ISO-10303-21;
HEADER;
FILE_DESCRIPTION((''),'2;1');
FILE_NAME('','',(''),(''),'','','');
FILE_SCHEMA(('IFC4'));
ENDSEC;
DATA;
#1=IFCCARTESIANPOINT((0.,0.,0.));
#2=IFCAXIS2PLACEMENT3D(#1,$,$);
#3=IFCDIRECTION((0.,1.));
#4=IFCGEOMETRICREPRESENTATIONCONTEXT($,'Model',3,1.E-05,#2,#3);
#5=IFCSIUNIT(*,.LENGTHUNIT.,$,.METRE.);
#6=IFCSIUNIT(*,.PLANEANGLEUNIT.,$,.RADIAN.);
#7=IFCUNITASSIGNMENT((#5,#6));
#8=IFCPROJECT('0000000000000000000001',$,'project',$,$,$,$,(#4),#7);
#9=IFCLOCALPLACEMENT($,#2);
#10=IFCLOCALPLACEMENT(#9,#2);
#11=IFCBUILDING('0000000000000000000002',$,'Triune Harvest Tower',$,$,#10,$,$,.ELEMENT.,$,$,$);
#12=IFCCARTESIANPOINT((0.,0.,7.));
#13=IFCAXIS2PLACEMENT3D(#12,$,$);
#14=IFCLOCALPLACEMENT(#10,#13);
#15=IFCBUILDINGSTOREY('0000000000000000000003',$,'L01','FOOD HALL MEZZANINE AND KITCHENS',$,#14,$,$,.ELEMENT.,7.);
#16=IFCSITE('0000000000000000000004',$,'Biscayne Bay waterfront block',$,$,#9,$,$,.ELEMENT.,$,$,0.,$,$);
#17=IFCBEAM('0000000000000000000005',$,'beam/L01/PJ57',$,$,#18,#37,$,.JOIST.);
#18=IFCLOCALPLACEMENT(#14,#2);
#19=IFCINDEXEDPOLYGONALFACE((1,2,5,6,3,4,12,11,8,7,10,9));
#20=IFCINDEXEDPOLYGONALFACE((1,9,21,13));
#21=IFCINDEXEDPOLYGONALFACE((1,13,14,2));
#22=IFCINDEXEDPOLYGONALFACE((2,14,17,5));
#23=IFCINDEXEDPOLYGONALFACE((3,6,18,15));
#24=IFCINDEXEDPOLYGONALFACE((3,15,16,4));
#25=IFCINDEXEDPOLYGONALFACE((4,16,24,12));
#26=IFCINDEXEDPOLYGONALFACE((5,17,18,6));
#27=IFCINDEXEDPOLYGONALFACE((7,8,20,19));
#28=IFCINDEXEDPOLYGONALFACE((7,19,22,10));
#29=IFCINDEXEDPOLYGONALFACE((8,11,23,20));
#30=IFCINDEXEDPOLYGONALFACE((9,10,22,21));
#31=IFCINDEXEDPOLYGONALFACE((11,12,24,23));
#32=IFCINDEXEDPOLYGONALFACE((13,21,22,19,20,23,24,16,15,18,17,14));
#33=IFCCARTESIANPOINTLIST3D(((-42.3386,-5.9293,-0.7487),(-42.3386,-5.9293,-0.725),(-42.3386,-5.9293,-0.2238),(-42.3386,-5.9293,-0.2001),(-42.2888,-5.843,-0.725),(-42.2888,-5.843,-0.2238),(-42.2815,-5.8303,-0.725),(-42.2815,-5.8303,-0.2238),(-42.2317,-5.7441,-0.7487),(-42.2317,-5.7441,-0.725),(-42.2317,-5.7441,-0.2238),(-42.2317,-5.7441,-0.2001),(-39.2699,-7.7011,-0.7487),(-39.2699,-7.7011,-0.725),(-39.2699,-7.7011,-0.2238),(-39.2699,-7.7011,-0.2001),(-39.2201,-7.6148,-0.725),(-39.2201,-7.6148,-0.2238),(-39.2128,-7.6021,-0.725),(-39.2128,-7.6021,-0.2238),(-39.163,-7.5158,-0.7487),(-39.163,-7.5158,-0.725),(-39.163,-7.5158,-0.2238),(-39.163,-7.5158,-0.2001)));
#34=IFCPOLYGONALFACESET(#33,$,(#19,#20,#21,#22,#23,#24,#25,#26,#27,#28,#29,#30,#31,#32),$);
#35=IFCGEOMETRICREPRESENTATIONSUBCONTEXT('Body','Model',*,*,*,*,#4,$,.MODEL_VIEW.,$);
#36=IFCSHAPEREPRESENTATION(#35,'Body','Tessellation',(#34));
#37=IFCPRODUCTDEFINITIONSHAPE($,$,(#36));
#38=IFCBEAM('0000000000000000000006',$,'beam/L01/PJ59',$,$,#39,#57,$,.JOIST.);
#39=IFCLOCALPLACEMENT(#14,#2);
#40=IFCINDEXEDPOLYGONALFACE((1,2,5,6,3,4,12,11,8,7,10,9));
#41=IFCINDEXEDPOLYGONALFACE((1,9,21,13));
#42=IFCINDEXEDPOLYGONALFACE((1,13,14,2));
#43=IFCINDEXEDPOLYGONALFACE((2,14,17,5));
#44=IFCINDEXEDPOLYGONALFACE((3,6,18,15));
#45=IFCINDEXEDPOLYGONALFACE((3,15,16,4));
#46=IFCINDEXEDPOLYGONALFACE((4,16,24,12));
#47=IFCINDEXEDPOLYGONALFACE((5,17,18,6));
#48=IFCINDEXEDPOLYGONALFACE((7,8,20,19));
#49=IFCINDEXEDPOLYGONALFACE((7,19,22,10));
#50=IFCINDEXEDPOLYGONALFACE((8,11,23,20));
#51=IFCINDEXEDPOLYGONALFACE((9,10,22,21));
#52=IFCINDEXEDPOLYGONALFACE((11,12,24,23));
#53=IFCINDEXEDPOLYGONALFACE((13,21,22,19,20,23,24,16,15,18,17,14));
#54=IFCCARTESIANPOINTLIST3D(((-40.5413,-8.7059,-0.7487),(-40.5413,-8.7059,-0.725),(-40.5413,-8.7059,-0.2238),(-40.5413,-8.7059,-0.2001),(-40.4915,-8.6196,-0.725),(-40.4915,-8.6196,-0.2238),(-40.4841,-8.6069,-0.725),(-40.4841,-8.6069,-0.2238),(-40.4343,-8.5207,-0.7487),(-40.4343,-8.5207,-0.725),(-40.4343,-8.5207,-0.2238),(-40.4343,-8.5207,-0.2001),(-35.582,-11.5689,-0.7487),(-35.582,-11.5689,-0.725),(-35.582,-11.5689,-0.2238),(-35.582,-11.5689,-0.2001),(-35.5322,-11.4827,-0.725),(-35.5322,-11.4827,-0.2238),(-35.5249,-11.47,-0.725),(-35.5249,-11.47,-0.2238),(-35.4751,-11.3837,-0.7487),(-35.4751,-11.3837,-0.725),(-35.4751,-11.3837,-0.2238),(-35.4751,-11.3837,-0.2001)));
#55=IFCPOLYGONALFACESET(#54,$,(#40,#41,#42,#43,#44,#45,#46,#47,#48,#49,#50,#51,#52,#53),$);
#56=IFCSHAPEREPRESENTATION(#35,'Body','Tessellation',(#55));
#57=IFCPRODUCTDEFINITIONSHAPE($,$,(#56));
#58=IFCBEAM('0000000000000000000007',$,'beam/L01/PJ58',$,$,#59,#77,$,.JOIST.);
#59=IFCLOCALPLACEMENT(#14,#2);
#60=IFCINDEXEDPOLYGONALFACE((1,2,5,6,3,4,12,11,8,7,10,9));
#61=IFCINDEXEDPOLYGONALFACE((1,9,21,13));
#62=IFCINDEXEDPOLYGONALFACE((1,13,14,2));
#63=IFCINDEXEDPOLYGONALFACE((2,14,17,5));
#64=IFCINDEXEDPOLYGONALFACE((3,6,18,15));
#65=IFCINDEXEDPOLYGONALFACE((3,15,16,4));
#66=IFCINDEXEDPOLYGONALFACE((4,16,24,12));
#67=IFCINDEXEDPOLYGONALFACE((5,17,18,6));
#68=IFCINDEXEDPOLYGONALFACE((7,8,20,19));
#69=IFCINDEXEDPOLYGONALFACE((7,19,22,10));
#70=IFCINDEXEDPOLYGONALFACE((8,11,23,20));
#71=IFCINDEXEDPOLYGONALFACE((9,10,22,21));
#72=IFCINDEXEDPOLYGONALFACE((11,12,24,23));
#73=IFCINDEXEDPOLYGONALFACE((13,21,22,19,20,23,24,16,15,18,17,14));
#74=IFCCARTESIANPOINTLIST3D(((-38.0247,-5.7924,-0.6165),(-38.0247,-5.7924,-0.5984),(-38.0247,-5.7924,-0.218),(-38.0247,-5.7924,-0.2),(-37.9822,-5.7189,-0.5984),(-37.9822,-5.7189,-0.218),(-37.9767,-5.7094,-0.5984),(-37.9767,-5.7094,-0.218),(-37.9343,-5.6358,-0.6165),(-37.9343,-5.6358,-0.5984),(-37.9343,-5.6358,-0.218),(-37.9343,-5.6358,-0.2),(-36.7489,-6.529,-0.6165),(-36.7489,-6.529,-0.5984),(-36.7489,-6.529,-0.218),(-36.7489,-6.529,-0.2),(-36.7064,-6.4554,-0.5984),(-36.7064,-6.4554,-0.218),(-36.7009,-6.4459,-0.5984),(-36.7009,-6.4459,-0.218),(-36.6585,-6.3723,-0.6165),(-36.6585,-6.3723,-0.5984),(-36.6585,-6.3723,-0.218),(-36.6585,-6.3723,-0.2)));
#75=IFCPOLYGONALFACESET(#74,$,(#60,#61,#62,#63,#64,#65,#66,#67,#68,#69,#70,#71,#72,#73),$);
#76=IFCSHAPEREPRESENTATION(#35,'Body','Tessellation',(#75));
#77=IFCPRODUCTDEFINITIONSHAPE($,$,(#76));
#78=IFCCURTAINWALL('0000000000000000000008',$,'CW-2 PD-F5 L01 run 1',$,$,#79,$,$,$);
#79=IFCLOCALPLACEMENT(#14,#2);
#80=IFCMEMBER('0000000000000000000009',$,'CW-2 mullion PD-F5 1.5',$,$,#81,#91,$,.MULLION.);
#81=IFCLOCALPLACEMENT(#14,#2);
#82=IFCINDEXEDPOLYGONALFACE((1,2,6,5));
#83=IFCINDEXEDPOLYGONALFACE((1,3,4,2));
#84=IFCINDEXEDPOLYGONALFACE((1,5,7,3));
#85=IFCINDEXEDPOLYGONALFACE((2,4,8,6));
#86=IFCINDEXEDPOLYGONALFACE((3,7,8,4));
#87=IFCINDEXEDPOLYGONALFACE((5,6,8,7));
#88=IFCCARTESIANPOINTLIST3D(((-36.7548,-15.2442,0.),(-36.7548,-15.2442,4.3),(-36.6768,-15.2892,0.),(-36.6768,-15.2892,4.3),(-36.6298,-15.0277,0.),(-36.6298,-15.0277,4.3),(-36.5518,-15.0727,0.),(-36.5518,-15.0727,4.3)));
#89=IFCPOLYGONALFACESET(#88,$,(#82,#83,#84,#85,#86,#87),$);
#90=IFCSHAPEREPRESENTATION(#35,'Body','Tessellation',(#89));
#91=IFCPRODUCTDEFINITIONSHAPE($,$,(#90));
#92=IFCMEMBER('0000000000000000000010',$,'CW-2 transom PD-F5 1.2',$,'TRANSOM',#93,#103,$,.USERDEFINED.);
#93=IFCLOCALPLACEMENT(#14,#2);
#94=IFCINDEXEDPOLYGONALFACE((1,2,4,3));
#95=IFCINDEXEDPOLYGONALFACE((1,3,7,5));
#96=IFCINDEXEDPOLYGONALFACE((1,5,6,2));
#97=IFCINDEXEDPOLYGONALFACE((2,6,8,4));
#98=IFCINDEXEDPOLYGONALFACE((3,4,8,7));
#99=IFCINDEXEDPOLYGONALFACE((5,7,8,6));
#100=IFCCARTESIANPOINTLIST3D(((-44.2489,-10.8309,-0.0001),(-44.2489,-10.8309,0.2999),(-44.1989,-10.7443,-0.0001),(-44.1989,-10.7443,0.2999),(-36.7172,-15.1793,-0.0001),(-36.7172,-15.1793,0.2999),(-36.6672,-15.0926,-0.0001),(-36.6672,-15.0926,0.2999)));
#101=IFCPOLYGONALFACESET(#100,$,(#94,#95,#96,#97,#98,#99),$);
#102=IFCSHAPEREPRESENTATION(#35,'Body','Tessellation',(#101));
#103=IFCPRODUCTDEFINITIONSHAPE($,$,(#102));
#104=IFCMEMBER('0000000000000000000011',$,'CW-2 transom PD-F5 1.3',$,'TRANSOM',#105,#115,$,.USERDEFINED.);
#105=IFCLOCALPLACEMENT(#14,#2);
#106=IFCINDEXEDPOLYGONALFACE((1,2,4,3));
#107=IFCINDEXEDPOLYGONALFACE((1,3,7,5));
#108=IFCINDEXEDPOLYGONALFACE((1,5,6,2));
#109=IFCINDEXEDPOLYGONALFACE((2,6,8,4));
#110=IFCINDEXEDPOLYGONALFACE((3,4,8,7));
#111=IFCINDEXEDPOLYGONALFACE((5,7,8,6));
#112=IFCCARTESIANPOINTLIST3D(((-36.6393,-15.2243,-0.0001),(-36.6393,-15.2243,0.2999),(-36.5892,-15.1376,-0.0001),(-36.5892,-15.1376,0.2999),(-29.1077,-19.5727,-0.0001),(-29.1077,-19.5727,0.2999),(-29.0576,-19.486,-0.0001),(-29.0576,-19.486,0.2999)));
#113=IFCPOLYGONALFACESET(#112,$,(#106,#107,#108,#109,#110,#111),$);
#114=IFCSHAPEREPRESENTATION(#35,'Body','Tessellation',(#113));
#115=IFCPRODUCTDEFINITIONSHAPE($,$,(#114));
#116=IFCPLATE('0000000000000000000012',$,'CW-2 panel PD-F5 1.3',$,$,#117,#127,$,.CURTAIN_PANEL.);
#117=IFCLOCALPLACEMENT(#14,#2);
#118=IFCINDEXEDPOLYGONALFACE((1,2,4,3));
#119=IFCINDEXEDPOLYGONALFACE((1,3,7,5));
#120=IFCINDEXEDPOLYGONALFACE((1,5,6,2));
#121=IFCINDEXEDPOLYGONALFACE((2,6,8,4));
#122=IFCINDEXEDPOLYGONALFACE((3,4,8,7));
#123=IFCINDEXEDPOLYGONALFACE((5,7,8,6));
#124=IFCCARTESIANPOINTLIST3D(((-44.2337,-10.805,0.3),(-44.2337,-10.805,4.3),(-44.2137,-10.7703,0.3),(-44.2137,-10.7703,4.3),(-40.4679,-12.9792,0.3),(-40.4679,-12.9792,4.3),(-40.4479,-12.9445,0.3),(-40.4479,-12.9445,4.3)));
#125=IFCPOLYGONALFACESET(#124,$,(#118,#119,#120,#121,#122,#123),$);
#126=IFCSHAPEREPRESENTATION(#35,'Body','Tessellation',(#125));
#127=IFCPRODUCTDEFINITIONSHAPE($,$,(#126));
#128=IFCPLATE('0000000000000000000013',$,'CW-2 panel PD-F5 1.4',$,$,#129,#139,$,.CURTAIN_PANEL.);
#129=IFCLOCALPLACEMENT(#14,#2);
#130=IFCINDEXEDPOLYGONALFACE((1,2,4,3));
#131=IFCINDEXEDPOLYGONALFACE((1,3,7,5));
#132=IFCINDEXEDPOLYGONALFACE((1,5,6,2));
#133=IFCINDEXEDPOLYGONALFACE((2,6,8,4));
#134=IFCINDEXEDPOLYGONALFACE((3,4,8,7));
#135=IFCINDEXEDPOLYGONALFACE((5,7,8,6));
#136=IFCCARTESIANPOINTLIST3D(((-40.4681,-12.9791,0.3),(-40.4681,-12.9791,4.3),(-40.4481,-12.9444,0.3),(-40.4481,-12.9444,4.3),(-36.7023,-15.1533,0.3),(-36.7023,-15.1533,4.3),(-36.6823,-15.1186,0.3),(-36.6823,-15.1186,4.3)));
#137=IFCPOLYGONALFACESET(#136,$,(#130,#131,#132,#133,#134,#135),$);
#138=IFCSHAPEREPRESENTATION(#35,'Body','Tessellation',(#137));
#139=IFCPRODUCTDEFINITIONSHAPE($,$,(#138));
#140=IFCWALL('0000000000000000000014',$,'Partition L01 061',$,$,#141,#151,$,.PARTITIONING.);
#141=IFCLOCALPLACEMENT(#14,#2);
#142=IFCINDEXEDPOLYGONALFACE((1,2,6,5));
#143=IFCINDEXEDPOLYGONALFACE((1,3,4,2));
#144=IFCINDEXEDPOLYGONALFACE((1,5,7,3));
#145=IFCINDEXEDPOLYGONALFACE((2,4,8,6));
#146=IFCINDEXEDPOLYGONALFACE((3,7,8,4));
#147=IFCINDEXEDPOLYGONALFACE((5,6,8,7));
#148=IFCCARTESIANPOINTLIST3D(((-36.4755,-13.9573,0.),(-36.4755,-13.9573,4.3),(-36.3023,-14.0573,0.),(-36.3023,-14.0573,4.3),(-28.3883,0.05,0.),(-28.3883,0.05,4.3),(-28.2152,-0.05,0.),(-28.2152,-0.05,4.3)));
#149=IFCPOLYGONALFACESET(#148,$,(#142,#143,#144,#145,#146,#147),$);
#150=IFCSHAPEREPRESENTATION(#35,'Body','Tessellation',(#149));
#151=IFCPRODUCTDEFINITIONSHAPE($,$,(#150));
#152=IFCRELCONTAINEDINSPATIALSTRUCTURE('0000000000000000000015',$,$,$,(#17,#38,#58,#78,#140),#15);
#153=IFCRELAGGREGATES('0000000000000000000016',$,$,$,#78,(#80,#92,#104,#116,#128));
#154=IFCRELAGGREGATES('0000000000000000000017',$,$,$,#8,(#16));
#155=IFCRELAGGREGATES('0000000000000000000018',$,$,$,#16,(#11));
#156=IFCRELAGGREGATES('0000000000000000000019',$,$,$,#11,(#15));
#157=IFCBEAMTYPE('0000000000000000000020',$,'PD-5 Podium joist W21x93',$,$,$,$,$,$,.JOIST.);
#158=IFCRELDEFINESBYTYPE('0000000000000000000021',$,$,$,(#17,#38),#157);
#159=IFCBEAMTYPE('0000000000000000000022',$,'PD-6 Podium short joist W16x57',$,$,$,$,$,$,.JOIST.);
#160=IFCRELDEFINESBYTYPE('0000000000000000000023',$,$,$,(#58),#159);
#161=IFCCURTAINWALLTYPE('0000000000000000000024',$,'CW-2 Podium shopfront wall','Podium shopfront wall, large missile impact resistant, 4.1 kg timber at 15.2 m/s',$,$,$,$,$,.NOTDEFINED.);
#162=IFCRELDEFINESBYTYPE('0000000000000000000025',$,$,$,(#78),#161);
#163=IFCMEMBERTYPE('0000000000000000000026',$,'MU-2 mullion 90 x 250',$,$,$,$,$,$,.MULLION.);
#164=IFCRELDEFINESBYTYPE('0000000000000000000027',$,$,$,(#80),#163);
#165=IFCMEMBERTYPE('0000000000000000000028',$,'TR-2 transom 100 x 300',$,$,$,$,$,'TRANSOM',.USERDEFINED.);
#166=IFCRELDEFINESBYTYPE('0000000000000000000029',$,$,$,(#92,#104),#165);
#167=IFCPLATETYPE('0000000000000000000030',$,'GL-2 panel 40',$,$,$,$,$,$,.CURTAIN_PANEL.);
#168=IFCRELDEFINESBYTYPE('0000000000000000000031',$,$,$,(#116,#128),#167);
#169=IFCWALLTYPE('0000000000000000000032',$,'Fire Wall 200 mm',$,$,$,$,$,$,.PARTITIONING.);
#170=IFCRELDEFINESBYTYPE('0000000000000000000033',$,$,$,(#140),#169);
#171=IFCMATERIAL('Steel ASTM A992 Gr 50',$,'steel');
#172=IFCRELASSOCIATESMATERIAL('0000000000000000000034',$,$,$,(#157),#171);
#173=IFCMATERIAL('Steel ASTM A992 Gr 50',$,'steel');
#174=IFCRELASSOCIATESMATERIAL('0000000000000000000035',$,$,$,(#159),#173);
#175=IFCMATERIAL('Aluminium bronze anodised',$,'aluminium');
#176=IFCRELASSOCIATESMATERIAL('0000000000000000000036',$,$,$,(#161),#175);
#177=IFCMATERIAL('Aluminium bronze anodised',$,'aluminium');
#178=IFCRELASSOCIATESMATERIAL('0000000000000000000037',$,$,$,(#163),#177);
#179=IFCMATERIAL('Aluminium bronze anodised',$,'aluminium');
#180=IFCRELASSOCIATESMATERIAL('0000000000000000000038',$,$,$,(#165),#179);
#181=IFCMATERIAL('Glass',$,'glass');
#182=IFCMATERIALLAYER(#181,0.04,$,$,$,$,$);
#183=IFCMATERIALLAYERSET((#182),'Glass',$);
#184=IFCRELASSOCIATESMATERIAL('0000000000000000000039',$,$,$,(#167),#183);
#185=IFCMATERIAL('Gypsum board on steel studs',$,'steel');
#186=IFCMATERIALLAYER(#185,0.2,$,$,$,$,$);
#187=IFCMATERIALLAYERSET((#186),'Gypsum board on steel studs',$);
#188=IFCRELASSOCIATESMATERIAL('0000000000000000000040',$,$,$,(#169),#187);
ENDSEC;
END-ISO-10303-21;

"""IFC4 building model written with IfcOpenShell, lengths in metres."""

from ifc_helpers import new_model, si_unit, direction, frame, frame_2d, origin, origin_2d, place, context, subcontext, project, spatial, rectangle, i_section, extrude, source, transform, mapped, material, layer, layer_set, material_profile, profile_set, type_object, element, aggregate, save


model = new_model("IFC4")

# Units and contexts
model_context = context("Model", 3, precision=1e-05, world=origin(), true_north=direction((0.0, 1.0)))
body_context = subcontext(model_context, "Body", "Model", "MODEL_VIEW")
ifc_project = project(units=[si_unit("LENGTHUNIT", "METRE"), si_unit("PLANEANGLEUNIT", "RADIAN")], contexts=[model_context])

# Site, building, storey
site_placement = place(None, origin())
site = spatial("IfcSite", under=ifc_project, at=site_placement, Name="Biscayne Bay waterfront block", CompositionType="ELEMENT", RefElevation=0.0)
building_placement = place(site_placement, origin())
building = spatial("IfcBuilding", under=site, at=building_placement, Name="Triune Harvest Tower", CompositionType="ELEMENT")
storey_placement = place(building_placement, frame((0.0, 0.0, 7.0)))
storey = spatial("IfcBuildingStorey", under=building, at=storey_placement, Name="L01", Description="FOOD HALL MEZZANINE AND KITCHENS", CompositionType="ELEMENT", Elevation=7.0)

# Beams
ifc_material_1 = material(Name="Steel ASTM A992 Gr 50", Category="steel")
ifc_material_profile_1 = material_profile(ifc_material_1, i_section(OverallWidth=0.2139, OverallDepth=0.5486, WebThickness=0.0146, FlangeThickness=0.0237, at=origin_2d()), Name="W21x93")
ifc_profile_set_1 = profile_set([ifc_material_profile_1], Name="Steel ASTM A992 Gr 50")
beam_type_1 = type_object("IfcBeamType", Name="PD-5 Podium joist W21x93", PredefinedType="JOIST", material=ifc_profile_set_1)
shared_shape_1 = source(origin(), body_context, "Body", "SweptSolid", [
    extrude(i_section(OverallWidth=0.2139, OverallDepth=0.5486, WebThickness=0.0146, FlangeThickness=0.0237, at=origin_2d()), origin(), (0.0, 0.0, 1.0), 3.5435),
])
beam_1_placement = place(storey_placement, frame((-42.2852, -5.8367, -0.4744), z_axis=(0.866017, -0.500015, 0.0), x_axis=(0.500015, 0.866017, 0.0)))
element("IfcBeam", 1, at=beam_1_placement, inside=storey, type_object=beam_type_1, Name="beam/L01/PJ57", PredefinedType="JOIST", context=body_context, shape_type="MappedRepresentation", body=[
    mapped(shared_shape_1, transform((0.0, 0.0, 0.0), scale=1.0)),
])
shared_shape_2 = source(origin(), body_context, "Body", "SweptSolid", [
    extrude(i_section(OverallWidth=0.2139, OverallDepth=0.5486, WebThickness=0.0146, FlangeThickness=0.0237, at=origin_2d()), origin(), (0.0, 0.0, 1.0), 5.7263),
])
beam_2_placement = place(storey_placement, frame((-40.4878, -8.6133, -0.4744), z_axis=(0.866039, -0.499977, 0.0), x_axis=(0.499977, 0.866039, 0.0)))
element("IfcBeam", 2, at=beam_2_placement, inside=storey, type_object=beam_type_1, Name="beam/L01/PJ59", PredefinedType="JOIST", context=body_context, shape_type="MappedRepresentation", body=[
    mapped(shared_shape_2, transform((0.0, 0.0, 0.0), scale=1.0)),
])
ifc_material_2 = material(Name="Steel ASTM A992 Gr 50", Category="steel")
ifc_material_profile_2 = material_profile(ifc_material_2, i_section(OverallWidth=0.1809, OverallDepth=0.4165, WebThickness=0.011, FlangeThickness=0.0181, at=origin_2d()), Name="W16x57")
ifc_profile_set_2 = profile_set([ifc_material_profile_2], Name="Steel ASTM A992 Gr 50")
beam_type_2 = type_object("IfcBeamType", Name="PD-6 Podium short joist W16x57", PredefinedType="JOIST", material=ifc_profile_set_2)
shared_shape_3 = source(origin(), body_context, "Body", "SweptSolid", [
    extrude(i_section(OverallWidth=0.1809, OverallDepth=0.4165, WebThickness=0.011, FlangeThickness=0.0181, at=origin_2d()), origin(), (0.0, 0.0, 1.0), 1.4731),
])
beam_3_placement = place(storey_placement, frame((-37.9795, -5.7141, -0.4082), z_axis=(0.866042, -0.499971, 0.0), x_axis=(0.499971, 0.866042, 0.0)))
element("IfcBeam", 3, at=beam_3_placement, inside=storey, type_object=beam_type_2, Name="beam/L01/PJ58", PredefinedType="JOIST", context=body_context, shape_type="MappedRepresentation", body=[
    mapped(shared_shape_3, transform((0.0, 0.0, 0.0), scale=1.0)),
])

# Curtain wall, members, plates
ifc_material_3 = material(Name="Aluminium bronze anodised", Category="aluminium")
curtain_wall_type = type_object("IfcCurtainWallType", Name="CW-2 Podium shopfront wall", Description="Podium shopfront wall, large missile impact resistant, 4.1 kg timber at 15.2 m/s", PredefinedType="NOTDEFINED", material=ifc_material_3)
curtain_wall_placement = place(storey_placement, origin())
curtain_wall = element("IfcCurtainWall", 4, at=curtain_wall_placement, inside=storey, type_object=curtain_wall_type, Name="CW-2 PD-F5 L01 run 1")
ifc_material_4 = material(Name="Aluminium bronze anodised", Category="aluminium")
ifc_material_profile_3 = material_profile(ifc_material_4, rectangle(XDim=0.25, YDim=0.0901, at=origin_2d()), Name="MU-2 mullion 90 x 250")
ifc_profile_set_3 = profile_set([ifc_material_profile_3], Name="Aluminium bronze anodised")
member_type_1 = type_object("IfcMemberType", Name="MU-2 mullion 90 x 250", PredefinedType="MULLION", material=ifc_profile_set_3)
shared_shape_4 = source(origin(), body_context, "Body", "SweptSolid", [
    extrude(rectangle(XDim=0.25, YDim=0.0901, at=origin_2d()), origin(), (0.0, 0.0, 1.0), 4.3),
])
member_1_placement = place(storey_placement, frame((-36.6533, -15.1584, 0.0), z_axis=(0.0, 0.0, 1.0), x_axis=(0.5, 0.866025, 0.0)))
member_1 = element("IfcMember", 5, at=member_1_placement, type_object=member_type_1, Name="CW-2 mullion PD-F5 1.5", PredefinedType="MULLION", context=body_context, shape_type="MappedRepresentation", body=[
    mapped(shared_shape_4, transform((0.0, 0.0, 0.0), scale=1.0)),
])
ifc_material_5 = material(Name="Aluminium bronze anodised", Category="aluminium")
ifc_material_profile_4 = material_profile(ifc_material_5, rectangle(XDim=0.1001, YDim=0.3, at=origin_2d()), Name="TR-2 transom 100 x 300")
ifc_profile_set_4 = profile_set([ifc_material_profile_4], Name="Aluminium bronze anodised")
member_type_2 = type_object("IfcMemberType", Name="TR-2 transom 100 x 300", ElementType="TRANSOM", PredefinedType="USERDEFINED", material=ifc_profile_set_4)
shared_shape_5 = source(origin(), body_context, "Body", "SweptSolid", [
    extrude(rectangle(XDim=0.1001, YDim=0.3, at=origin_2d()), origin(), (0.0, 0.0, 1.0), 8.6968),
])
member_2_placement = place(storey_placement, frame((-44.2239, -10.7876, 0.1499), z_axis=(0.866029, -0.499995, 0.0), x_axis=(0.499995, 0.866029, 0.0)))
member_2 = element("IfcMember", 6, at=member_2_placement, type_object=member_type_2, Name="CW-2 transom PD-F5 1.2", ObjectType="TRANSOM", PredefinedType="USERDEFINED", context=body_context, shape_type="MappedRepresentation", body=[
    mapped(shared_shape_5, transform((0.0, 0.0, 0.0), scale=1.0)),
])
member_3_placement = place(storey_placement, frame((-36.6143, -15.1809, 0.1499), z_axis=(0.866021, -0.500007, 0.0), x_axis=(0.500007, 0.866021, 0.0)))
member_3 = element("IfcMember", 7, at=member_3_placement, type_object=member_type_2, Name="CW-2 transom PD-F5 1.3", ObjectType="TRANSOM", PredefinedType="USERDEFINED", context=body_context, shape_type="MappedRepresentation", body=[
    mapped(shared_shape_5, transform((0.0, 0.0, 0.0), scale=1.0)),
])
ifc_material_6 = material(Name="Glass", Category="glass")
ifc_layer_1 = layer(ifc_material_6, 0.04)
ifc_layer_set_1 = layer_set([ifc_layer_1], Name="Glass")
plate_type = type_object("IfcPlateType", Name="GL-2 panel 40", PredefinedType="CURTAIN_PANEL", material=ifc_layer_set_1)
shared_shape_6 = source(origin(), body_context, "Body", "SweptSolid", [
    extrude(rectangle(XDim=4.3484, YDim=0.04, at=origin_2d()), origin(), (0.0, 0.0, 1.0), 4.0),
])
plate_1_placement = place(storey_placement, frame((-42.3408, -11.8748, 0.3), z_axis=(0.0, 0.0, 1.0), x_axis=(0.866025, -0.5, 0.0)))
plate_1 = element("IfcPlate", 8, at=plate_1_placement, type_object=plate_type, Name="CW-2 panel PD-F5 1.3", PredefinedType="CURTAIN_PANEL", context=body_context, shape_type="MappedRepresentation", body=[
    mapped(shared_shape_6, transform((0.0, 0.0, 0.0), scale=1.0)),
])
plate_2_placement = place(storey_placement, frame((-38.5752, -14.0488, 0.3), z_axis=(0.0, 0.0, 1.0), x_axis=(0.866025, -0.5, 0.0)))
plate_2 = element("IfcPlate", 9, at=plate_2_placement, type_object=plate_type, Name="CW-2 panel PD-F5 1.4", PredefinedType="CURTAIN_PANEL", context=body_context, shape_type="MappedRepresentation", body=[
    mapped(shared_shape_6, transform((0.0, 0.0, 0.0), scale=1.0)),
])
aggregate(curtain_wall, [member_1, member_2, member_3, plate_1, plate_2])

# Wall
ifc_material_7 = material(Name="Gypsum board on steel studs", Category="steel")
ifc_layer_2 = layer(ifc_material_7, 0.2)
ifc_layer_set_2 = layer_set([ifc_layer_2], Name="Gypsum board on steel studs")
wall_type_1 = type_object("IfcWallType", Name="Fire Wall 200 mm", PredefinedType="PARTITIONING", material=ifc_layer_set_2)
wall_1_placement = place(storey_placement, frame((-36.3889, -14.0073, 0.0), z_axis=(0.0, 0.0, 1.0), x_axis=(0.500001, 0.866025, 0.0)))
element("IfcWall", 10, at=wall_1_placement, inside=storey, type_object=wall_type_1, Name="Partition L01 061", PredefinedType="PARTITIONING", context=body_context, shape_type="SweptSolid", body=[
    extrude(rectangle(XDim=16.1743, YDim=0.2, at=frame_2d((8.0872, 0.0))), origin(), (0.0, 0.0, 1.0), 4.3),
])

save(model, "model.ifc")
